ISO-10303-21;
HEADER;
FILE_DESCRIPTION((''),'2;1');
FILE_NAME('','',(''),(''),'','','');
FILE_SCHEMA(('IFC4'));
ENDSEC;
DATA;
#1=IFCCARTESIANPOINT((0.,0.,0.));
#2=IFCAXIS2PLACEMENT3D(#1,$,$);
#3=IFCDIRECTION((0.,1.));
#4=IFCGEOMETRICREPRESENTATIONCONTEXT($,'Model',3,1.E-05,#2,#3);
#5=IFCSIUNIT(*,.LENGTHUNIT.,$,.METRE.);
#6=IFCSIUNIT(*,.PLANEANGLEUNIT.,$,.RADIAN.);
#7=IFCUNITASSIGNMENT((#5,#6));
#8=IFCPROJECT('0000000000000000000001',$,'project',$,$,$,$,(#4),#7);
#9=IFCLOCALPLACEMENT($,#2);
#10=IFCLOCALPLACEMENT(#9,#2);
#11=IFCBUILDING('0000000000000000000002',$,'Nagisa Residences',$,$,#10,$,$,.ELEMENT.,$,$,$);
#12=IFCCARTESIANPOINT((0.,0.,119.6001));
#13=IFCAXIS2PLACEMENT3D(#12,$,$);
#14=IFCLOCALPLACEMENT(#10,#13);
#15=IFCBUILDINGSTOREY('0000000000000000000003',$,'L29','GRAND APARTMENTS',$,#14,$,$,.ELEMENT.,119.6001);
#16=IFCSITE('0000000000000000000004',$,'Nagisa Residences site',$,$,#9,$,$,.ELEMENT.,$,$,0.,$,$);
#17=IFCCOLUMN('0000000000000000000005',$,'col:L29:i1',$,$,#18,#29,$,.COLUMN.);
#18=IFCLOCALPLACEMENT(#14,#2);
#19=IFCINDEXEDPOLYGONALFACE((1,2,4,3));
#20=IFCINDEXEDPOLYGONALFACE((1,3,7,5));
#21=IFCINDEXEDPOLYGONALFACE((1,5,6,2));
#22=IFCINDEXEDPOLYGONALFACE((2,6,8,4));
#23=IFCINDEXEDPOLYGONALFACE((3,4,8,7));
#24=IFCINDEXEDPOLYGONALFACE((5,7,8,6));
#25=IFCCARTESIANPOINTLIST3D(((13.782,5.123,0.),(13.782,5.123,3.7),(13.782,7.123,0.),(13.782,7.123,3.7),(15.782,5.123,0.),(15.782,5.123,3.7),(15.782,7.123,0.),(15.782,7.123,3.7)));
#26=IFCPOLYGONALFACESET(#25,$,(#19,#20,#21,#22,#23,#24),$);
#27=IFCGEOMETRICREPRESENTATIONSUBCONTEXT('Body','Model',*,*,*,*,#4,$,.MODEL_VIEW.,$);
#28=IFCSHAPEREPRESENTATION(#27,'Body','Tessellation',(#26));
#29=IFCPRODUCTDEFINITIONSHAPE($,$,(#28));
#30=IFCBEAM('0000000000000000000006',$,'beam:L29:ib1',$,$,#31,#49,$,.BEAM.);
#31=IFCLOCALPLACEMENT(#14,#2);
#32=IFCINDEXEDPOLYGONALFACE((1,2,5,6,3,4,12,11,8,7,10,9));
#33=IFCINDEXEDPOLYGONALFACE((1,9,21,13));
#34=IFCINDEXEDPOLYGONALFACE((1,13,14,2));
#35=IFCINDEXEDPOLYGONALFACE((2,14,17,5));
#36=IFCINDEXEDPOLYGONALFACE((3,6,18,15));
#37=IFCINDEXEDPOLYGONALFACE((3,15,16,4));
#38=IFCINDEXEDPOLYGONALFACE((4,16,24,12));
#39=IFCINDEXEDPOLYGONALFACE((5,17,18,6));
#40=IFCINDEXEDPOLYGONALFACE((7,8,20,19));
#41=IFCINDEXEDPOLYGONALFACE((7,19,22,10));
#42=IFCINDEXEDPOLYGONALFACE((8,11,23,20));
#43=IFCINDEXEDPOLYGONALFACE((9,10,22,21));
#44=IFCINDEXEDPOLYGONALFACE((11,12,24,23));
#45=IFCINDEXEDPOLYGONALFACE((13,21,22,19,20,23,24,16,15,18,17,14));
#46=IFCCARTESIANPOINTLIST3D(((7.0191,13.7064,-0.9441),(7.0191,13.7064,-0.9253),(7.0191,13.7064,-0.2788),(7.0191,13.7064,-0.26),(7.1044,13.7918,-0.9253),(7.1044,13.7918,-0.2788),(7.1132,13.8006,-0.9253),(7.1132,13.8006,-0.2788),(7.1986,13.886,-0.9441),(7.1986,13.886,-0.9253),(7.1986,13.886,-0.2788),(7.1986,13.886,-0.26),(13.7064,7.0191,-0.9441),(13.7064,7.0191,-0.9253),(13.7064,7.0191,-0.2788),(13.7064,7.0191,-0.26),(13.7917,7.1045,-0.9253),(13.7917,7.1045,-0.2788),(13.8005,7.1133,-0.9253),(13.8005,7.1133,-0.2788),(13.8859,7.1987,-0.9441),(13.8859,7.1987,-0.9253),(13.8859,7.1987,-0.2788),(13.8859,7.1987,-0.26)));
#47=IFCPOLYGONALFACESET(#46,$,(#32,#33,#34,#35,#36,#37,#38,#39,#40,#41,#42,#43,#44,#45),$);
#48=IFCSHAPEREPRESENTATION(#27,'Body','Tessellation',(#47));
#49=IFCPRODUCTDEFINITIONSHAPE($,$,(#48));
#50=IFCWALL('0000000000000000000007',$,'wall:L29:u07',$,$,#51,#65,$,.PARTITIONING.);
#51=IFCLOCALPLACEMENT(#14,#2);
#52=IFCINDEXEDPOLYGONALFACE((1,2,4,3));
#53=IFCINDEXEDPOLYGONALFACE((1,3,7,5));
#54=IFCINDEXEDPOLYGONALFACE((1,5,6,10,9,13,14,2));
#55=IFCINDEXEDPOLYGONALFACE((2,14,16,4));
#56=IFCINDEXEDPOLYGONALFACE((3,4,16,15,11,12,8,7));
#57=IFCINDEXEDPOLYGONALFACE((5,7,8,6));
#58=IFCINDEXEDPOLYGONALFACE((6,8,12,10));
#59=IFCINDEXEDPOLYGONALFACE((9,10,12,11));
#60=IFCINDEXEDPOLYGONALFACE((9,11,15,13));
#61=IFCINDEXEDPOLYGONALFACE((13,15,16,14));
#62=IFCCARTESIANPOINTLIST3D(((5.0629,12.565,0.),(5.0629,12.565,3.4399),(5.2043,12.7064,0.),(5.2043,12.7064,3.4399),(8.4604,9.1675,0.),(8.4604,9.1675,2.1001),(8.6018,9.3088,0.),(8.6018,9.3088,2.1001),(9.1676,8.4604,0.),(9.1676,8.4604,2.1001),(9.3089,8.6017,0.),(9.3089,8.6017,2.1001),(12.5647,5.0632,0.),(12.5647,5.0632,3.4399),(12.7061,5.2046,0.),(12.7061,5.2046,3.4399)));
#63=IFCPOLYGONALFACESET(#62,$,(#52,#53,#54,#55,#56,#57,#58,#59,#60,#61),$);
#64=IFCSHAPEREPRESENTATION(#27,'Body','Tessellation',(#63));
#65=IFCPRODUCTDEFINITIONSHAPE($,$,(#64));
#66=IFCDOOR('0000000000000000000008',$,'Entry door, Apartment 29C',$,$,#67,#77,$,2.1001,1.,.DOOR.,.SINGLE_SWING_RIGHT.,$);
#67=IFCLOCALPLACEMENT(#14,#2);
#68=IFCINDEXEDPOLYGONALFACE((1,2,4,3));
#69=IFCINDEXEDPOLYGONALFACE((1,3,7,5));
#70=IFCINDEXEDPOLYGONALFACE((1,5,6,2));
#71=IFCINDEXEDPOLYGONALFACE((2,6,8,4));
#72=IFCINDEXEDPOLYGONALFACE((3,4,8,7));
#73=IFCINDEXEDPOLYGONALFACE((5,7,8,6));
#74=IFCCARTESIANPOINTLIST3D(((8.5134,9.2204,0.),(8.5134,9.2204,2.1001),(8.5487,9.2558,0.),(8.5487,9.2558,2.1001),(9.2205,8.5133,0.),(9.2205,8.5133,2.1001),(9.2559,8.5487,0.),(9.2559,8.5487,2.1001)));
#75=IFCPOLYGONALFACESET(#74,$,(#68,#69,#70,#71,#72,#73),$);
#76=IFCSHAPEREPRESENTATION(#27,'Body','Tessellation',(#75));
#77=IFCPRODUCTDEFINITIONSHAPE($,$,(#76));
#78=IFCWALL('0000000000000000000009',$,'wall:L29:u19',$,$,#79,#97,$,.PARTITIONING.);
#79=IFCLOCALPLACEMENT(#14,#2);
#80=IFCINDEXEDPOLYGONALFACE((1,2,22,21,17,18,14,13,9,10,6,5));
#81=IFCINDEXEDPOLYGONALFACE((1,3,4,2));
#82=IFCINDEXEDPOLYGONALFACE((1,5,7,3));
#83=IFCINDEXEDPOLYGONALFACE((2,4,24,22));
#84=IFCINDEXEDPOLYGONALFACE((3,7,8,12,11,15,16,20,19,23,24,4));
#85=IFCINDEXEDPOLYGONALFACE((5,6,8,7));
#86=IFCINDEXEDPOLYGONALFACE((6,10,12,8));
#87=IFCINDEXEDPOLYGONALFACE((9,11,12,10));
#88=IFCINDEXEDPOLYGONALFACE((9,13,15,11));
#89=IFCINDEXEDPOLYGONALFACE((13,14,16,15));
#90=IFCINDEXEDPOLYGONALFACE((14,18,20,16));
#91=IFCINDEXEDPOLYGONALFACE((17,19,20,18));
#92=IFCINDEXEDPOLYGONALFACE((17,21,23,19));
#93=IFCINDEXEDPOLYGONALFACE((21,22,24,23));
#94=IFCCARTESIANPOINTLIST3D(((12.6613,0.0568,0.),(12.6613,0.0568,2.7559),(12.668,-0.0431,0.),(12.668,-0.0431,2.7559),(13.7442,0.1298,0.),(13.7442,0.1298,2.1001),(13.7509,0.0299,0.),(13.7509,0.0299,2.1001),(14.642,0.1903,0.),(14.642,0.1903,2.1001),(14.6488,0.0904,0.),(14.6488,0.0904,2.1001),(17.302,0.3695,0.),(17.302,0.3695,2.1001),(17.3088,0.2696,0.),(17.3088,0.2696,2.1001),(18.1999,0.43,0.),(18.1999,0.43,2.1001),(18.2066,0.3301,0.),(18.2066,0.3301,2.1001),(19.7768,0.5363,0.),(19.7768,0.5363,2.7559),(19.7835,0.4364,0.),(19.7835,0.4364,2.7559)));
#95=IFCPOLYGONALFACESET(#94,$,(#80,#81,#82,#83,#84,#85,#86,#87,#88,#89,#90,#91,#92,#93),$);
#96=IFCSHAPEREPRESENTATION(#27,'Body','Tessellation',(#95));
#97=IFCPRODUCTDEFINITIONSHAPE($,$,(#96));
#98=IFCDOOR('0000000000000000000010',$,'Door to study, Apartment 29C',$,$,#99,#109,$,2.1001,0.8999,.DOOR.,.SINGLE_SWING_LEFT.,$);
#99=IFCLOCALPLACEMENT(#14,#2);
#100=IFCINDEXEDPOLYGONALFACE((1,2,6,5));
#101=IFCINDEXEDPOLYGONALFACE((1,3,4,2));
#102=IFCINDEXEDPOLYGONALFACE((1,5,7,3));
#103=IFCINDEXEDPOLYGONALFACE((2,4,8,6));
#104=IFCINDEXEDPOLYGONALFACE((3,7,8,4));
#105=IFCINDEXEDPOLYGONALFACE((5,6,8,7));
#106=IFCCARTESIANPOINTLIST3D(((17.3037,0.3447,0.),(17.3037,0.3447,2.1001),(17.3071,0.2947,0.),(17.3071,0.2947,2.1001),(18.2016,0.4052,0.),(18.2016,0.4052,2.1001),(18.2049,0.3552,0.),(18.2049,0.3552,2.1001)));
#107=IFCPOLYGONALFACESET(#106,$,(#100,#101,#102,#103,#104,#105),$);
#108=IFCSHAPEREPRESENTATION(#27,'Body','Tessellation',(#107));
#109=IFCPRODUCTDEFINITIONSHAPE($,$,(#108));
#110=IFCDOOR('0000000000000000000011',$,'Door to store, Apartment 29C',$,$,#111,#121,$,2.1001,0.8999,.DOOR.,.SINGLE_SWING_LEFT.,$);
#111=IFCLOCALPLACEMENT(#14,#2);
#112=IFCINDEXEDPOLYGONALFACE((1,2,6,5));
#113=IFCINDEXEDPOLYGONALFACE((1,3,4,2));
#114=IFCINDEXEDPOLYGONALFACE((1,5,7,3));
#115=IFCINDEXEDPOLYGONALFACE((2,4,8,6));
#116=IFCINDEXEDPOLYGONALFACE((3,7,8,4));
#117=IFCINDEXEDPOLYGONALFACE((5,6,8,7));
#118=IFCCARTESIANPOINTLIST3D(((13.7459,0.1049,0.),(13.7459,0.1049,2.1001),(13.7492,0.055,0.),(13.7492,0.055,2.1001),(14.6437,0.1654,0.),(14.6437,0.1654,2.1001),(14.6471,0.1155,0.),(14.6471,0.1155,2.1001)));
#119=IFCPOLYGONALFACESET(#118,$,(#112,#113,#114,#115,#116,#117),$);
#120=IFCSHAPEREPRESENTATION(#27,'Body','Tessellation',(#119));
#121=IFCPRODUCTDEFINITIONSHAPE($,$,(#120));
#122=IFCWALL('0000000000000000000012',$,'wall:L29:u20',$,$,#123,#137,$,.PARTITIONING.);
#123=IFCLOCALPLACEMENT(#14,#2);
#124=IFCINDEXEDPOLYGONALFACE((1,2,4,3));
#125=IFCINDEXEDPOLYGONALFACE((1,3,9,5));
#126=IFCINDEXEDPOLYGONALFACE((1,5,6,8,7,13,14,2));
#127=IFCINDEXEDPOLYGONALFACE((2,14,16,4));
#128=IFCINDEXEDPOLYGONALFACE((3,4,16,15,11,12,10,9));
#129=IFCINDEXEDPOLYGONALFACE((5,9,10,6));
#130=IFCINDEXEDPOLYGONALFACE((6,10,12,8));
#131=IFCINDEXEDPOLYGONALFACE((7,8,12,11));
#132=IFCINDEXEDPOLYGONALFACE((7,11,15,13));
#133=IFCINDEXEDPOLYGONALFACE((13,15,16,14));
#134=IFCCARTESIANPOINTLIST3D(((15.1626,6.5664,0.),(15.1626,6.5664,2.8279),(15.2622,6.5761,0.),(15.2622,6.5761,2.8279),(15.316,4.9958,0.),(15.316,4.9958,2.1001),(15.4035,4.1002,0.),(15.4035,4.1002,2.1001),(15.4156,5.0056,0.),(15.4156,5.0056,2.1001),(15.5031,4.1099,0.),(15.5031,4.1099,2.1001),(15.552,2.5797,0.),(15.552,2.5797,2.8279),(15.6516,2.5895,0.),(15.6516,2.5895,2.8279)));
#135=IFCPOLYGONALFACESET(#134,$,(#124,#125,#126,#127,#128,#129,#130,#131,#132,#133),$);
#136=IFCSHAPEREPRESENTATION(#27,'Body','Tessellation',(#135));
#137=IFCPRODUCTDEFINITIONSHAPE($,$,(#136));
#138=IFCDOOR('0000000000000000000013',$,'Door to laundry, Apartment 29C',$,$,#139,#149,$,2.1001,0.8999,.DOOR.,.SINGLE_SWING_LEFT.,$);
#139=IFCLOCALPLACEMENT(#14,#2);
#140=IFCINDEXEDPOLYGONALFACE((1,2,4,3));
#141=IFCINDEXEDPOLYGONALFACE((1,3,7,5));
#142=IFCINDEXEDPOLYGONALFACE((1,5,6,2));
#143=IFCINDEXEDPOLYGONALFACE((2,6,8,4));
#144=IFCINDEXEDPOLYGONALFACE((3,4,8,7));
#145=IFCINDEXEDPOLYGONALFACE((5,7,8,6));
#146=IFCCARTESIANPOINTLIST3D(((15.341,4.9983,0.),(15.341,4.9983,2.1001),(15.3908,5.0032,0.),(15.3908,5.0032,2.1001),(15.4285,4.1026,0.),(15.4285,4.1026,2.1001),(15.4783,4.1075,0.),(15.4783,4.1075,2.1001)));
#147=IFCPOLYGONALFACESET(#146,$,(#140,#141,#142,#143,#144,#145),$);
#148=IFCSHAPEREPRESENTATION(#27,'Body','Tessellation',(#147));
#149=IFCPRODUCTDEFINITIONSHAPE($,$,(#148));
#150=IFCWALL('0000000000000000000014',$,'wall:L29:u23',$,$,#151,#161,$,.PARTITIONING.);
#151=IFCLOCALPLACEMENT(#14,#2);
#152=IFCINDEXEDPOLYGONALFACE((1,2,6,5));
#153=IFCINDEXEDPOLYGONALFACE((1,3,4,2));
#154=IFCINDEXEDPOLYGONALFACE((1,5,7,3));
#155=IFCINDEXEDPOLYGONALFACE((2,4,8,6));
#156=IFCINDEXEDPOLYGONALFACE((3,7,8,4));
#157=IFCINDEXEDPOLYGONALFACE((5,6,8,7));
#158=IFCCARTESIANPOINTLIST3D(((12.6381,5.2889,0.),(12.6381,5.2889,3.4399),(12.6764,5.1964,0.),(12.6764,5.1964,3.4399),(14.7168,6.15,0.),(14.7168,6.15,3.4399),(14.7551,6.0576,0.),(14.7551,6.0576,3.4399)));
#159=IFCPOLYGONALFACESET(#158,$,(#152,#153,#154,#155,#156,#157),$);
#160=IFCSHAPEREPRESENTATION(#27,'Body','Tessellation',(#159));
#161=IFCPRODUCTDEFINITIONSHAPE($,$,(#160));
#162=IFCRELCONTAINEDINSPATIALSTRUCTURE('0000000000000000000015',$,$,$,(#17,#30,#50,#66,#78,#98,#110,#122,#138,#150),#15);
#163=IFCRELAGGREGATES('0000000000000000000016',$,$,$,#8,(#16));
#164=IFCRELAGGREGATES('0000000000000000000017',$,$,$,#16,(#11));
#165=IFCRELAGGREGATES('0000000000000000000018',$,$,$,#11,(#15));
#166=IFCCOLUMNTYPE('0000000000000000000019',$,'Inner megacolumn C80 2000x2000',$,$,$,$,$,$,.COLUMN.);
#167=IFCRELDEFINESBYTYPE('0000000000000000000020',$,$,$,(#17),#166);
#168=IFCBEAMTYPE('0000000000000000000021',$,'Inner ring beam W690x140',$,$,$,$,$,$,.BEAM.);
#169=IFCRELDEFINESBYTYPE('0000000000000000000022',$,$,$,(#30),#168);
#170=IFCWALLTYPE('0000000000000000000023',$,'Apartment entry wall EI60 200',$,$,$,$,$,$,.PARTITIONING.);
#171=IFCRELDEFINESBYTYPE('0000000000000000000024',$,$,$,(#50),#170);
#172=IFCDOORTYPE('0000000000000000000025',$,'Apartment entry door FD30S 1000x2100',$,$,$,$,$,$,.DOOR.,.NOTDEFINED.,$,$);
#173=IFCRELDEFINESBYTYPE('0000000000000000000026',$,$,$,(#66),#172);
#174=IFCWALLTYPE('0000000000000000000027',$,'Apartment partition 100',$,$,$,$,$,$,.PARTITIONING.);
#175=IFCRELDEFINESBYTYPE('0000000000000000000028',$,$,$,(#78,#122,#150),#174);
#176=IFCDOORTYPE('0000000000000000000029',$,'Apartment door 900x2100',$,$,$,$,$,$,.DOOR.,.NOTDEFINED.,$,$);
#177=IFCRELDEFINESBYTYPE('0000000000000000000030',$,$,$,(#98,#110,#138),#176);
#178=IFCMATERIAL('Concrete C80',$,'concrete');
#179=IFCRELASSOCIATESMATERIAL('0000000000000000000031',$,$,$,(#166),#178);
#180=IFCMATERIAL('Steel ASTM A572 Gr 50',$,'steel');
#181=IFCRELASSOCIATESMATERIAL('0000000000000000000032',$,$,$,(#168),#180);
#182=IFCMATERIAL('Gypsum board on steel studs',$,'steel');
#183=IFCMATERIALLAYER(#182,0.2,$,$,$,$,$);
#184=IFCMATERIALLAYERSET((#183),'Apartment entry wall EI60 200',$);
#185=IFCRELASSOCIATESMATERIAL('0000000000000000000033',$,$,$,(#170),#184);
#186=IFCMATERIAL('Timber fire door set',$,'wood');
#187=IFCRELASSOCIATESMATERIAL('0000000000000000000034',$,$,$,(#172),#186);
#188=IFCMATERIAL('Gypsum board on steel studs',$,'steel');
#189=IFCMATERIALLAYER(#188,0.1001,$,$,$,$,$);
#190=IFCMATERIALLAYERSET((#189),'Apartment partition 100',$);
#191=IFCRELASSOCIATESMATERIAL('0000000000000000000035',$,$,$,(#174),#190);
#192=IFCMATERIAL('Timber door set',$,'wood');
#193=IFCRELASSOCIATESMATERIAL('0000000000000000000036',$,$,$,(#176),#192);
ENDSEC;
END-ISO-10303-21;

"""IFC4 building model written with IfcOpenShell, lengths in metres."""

from ifc_helpers import new_model, si_unit, direction, frame, frame_2d, origin, origin_2d, place, context, subcontext, project, spatial, rectangle, i_section, extrude, material, layer, layer_set, material_profile, profile_set, type_object, element, fill, save


model = new_model("IFC4")

# Units and contexts
model_context = context("Model", 3, precision=1e-05, world=origin(), true_north=direction((0.0, 1.0)))
body_context = subcontext(model_context, "Body", "Model", "MODEL_VIEW")
ifc_project = project(units=[si_unit("LENGTHUNIT", "METRE"), si_unit("PLANEANGLEUNIT", "RADIAN")], contexts=[model_context])

# Site, building, storey
site_placement = place(None, origin())
site = spatial("IfcSite", under=ifc_project, at=site_placement, Name="Nagisa Residences site", CompositionType="ELEMENT", RefElevation=0.0)
building_placement = place(site_placement, origin())
building = spatial("IfcBuilding", under=site, at=building_placement, Name="Nagisa Residences", CompositionType="ELEMENT")
storey_placement = place(building_placement, frame((0.0, 0.0, 119.6001)))
storey = spatial("IfcBuildingStorey", under=building, at=storey_placement, Name="L29", Description="GRAND APARTMENTS", CompositionType="ELEMENT", Elevation=119.6001)

# Column
ifc_material_1 = material(Name="Concrete C80", Category="concrete")
ifc_material_profile_1 = material_profile(ifc_material_1, rectangle(XDim=2.0, YDim=2.0, at=origin_2d()), Name="C80 2000x2000")
ifc_profile_set_1 = profile_set([ifc_material_profile_1], Name="Concrete C80")
column_type = type_object("IfcColumnType", Name="Inner megacolumn C80 2000x2000", PredefinedType="COLUMN", material=ifc_profile_set_1)
column_placement = place(storey_placement, frame((14.782, 6.123, 0.0), z_axis=(0.0, 0.0, 1.0), x_axis=(1.0, 0.0, 0.0)))
element("IfcColumn", 1, at=column_placement, inside=storey, type_object=column_type, Name="col:L29:i1", PredefinedType="COLUMN", context=body_context, shape_type="SweptSolid", body=[
    extrude(rectangle(XDim=2.0, YDim=2.0, at=origin_2d()), origin(), (0.0, 0.0, 1.0), 3.7),
])

# Beam
ifc_material_2 = material(Name="Steel ASTM A572 Gr 50", Category="steel")
ifc_material_profile_2 = material_profile(ifc_material_2, i_section(OverallWidth=0.2539, OverallDepth=0.6841, WebThickness=0.0125, FlangeThickness=0.0188, at=origin_2d()), Name="W690x140")
ifc_profile_set_2 = profile_set([ifc_material_profile_2], Name="Steel ASTM A572 Gr 50")
beam_type = type_object("IfcBeamType", Name="Inner ring beam W690x140", PredefinedType="BEAM", material=ifc_profile_set_2)
beam_placement = place(storey_placement, frame((13.7961, 7.1089, -0.6021), z_axis=(-0.707107, 0.707107, 0.0), x_axis=(-0.707107, -0.707107, 0.0)))
element("IfcBeam", 2, at=beam_placement, inside=storey, type_object=beam_type, Name="beam:L29:ib1", PredefinedType="BEAM", context=body_context, shape_type="SweptSolid", body=[
    extrude(i_section(OverallWidth=0.2539, OverallDepth=0.6841, WebThickness=0.0125, FlangeThickness=0.0188, at=origin_2d()), origin(), (0.0, 0.0, 1.0), 9.4573),
])

# Wall, opening, door
ifc_material_3 = material(Name="Gypsum board on steel studs", Category="steel")
ifc_layer_1 = layer(ifc_material_3, 0.2)
ifc_layer_set_1 = layer_set([ifc_layer_1], Name="Apartment entry wall EI60 200")
wall_type_1 = type_object("IfcWallType", Name="Apartment entry wall EI60 200", PredefinedType="PARTITIONING", material=ifc_layer_set_1)
wall_1_placement = place(storey_placement, frame((12.6355, 5.1338, 0.0), z_axis=(0.0, 0.0, 1.0), x_axis=(-0.707107, 0.707107, 0.0)))
wall_1 = element("IfcWall", 3, at=wall_1_placement, inside=storey, type_object=wall_type_1, Name="wall:L29:u07", PredefinedType="PARTITIONING", context=body_context, shape_type="SweptSolid", body=[
    extrude(rectangle(XDim=10.6091, YDim=0.2, at=frame_2d((5.3047, 0.0))), origin(), (0.0, 0.0, 1.0), 3.4399),
])
opening_1_placement = place(wall_1_placement, frame((4.8044, 0.0, 0.0)))
opening_1 = element("IfcOpeningElement", 4, at=opening_1_placement, cuts=wall_1, PredefinedType="OPENING", context=body_context, shape_type="SweptSolid", body=[
    extrude(rectangle(XDim=1.0, YDim=2.1001, at=frame_2d((0.5, 1.05))), frame((0.0, 0.1099, 0.0), z_axis=(0.0, -1.0, 0.0), x_axis=(1.0, 0.0, 0.0)), (0.0, 0.0, 1.0), 0.22),
])
ifc_material_4 = material(Name="Timber fire door set", Category="wood")
door_type_1 = type_object("IfcDoorType", Name="Apartment entry door FD30S 1000x2100", OperationType="NOTDEFINED", PredefinedType="DOOR", material=ifc_material_4)
door_1_placement = place(opening_1_placement, frame((1.0, 0.0, 0.0), x_axis=(-1.0, 0.0, 0.0)))
door_1 = element("IfcDoor", 5, at=door_1_placement, inside=storey, type_object=door_type_1, Name="Entry door, Apartment 29C", OperationType="SINGLE_SWING_RIGHT", OverallHeight=2.1001, OverallWidth=1.0, PredefinedType="DOOR", context=body_context, shape_type="SweptSolid", body=[
    extrude(rectangle(XDim=1.0, YDim=2.1001, at=frame_2d((0.5, 1.05))), frame((0.0, 0.0249, 0.0), z_axis=(0.0, -1.0, 0.0), x_axis=(1.0, 0.0, 0.0)), (0.0, 0.0, 1.0), 0.05),
])
fill(opening_1, door_1)

# Wall, openings, doors
ifc_material_5 = material(Name="Gypsum board on steel studs", Category="steel")
ifc_layer_2 = layer(ifc_material_5, 0.1001)
ifc_layer_set_2 = layer_set([ifc_layer_2], Name="Apartment partition 100")
wall_type_2 = type_object("IfcWallType", Name="Apartment partition 100", PredefinedType="PARTITIONING", material=ifc_layer_set_2)
wall_2_placement = place(storey_placement, frame((12.6646, 0.0068, 0.0), z_axis=(0.0, 0.0, 1.0), x_axis=(0.997737, 0.067235, 0.0)))
wall_2 = element("IfcWall", 6, at=wall_2_placement, inside=storey, type_object=wall_type_2, Name="wall:L29:u19", PredefinedType="PARTITIONING", context=body_context, shape_type="SweptSolid", body=[
    extrude(rectangle(XDim=7.1316, YDim=0.1001, at=frame_2d((3.5659, 0.0))), origin(), (0.0, 0.0, 1.0), 2.7559),
])
opening_2_placement = place(wall_2_placement, frame((4.6514, 0.0, 0.0)))
opening_2 = element("IfcOpeningElement", 7, at=opening_2_placement, cuts=wall_2, PredefinedType="OPENING", context=body_context, shape_type="SweptSolid", body=[
    extrude(rectangle(XDim=0.8999, YDim=2.1001, at=frame_2d((0.45, 1.05))), frame((0.0, 0.0601, 0.0), z_axis=(0.0, -1.0, 0.0), x_axis=(1.0, 0.0, 0.0)), (0.0, 0.0, 1.0), 0.1201),
])
opening_3_placement = place(wall_2_placement, frame((1.0854, 0.0, 0.0)))
opening_3 = element("IfcOpeningElement", 8, at=opening_3_placement, cuts=wall_2, PredefinedType="OPENING", context=body_context, shape_type="SweptSolid", body=[
    extrude(rectangle(XDim=0.8999, YDim=2.1001, at=frame_2d((0.45, 1.05))), frame((0.0, 0.0601, 0.0), z_axis=(0.0, -1.0, 0.0), x_axis=(1.0, 0.0, 0.0)), (0.0, 0.0, 1.0), 0.1201),
])
ifc_material_6 = material(Name="Timber door set", Category="wood")
door_type_2 = type_object("IfcDoorType", Name="Apartment door 900x2100", OperationType="NOTDEFINED", PredefinedType="DOOR", material=ifc_material_6)
door_2_placement = place(opening_2_placement, frame((0.8999, 0.0, 0.0), x_axis=(-1.0, 0.0, 0.0)))
door_2 = element("IfcDoor", 9, at=door_2_placement, inside=storey, type_object=door_type_2, Name="Door to study, Apartment 29C", OperationType="SINGLE_SWING_LEFT", OverallHeight=2.1001, OverallWidth=0.8999, PredefinedType="DOOR", context=body_context, shape_type="SweptSolid", body=[
    extrude(rectangle(XDim=0.8999, YDim=2.1001, at=frame_2d((0.45, 1.05))), frame((0.0, 0.0249, 0.0), z_axis=(0.0, -1.0, 0.0), x_axis=(1.0, 0.0, 0.0)), (0.0, 0.0, 1.0), 0.05),
])
fill(opening_2, door_2)
door_3_placement = place(opening_3_placement, frame((0.8999, 0.0, 0.0), x_axis=(-1.0, 0.0, 0.0)))
door_3 = element("IfcDoor", 10, at=door_3_placement, inside=storey, type_object=door_type_2, Name="Door to store, Apartment 29C", OperationType="SINGLE_SWING_LEFT", OverallHeight=2.1001, OverallWidth=0.8999, PredefinedType="DOOR", context=body_context, shape_type="SweptSolid", body=[
    extrude(rectangle(XDim=0.8999, YDim=2.1001, at=frame_2d((0.45, 1.05))), frame((0.0, 0.0249, 0.0), z_axis=(0.0, -1.0, 0.0), x_axis=(1.0, 0.0, 0.0)), (0.0, 0.0, 1.0), 0.05),
])
fill(opening_3, door_3)

# Wall, opening, door
wall_3_placement = place(storey_placement, frame((15.6018, 2.5845, 0.0), z_axis=(0.0, 0.0, 1.0), x_axis=(-0.097216, 0.995263, 0.0)))
wall_3 = element("IfcWall", 11, at=wall_3_placement, inside=storey, type_object=wall_type_2, Name="wall:L29:u20", PredefinedType="PARTITIONING", context=body_context, shape_type="SweptSolid", body=[
    extrude(rectangle(XDim=4.0056, YDim=0.1001, at=frame_2d((2.0029, 0.0))), origin(), (0.0, 0.0, 1.0), 2.8279),
])
opening_4_placement = place(wall_3_placement, frame((1.5278, 0.0, 0.0)))
opening_4 = element("IfcOpeningElement", 12, at=opening_4_placement, cuts=wall_3, PredefinedType="OPENING", context=body_context, shape_type="SweptSolid", body=[
    extrude(rectangle(XDim=0.8999, YDim=2.1001, at=frame_2d((0.45, 1.05))), frame((0.0, 0.0601, 0.0), z_axis=(0.0, -1.0, 0.0), x_axis=(1.0, 0.0, 0.0)), (0.0, 0.0, 1.0), 0.1201),
])
door_4_placement = place(opening_4_placement, origin())
door_4 = element("IfcDoor", 13, at=door_4_placement, inside=storey, type_object=door_type_2, Name="Door to laundry, Apartment 29C", OperationType="SINGLE_SWING_LEFT", OverallHeight=2.1001, OverallWidth=0.8999, PredefinedType="DOOR", context=body_context, shape_type="SweptSolid", body=[
    extrude(rectangle(XDim=0.8999, YDim=2.1001, at=frame_2d((0.45, 1.05))), frame((0.0, 0.0249, 0.0), z_axis=(0.0, -1.0, 0.0), x_axis=(1.0, 0.0, 0.0)), (0.0, 0.0, 1.0), 0.05),
])
fill(opening_4, door_4)

# Wall
wall_4_placement = place(storey_placement, frame((12.6572, 5.2427, 0.0), z_axis=(0.0, 0.0, 1.0), x_axis=(0.923865, 0.382719, 0.0)))
element("IfcWall", 14, at=wall_4_placement, inside=storey, type_object=wall_type_2, Name="wall:L29:u23", PredefinedType="PARTITIONING", context=body_context, shape_type="SweptSolid", body=[
    extrude(rectangle(XDim=2.25, YDim=0.1001, at=frame_2d((1.125, 0.0))), origin(), (0.0, 0.0, 1.0), 3.4399),
])

save(model, "model.ifc")
